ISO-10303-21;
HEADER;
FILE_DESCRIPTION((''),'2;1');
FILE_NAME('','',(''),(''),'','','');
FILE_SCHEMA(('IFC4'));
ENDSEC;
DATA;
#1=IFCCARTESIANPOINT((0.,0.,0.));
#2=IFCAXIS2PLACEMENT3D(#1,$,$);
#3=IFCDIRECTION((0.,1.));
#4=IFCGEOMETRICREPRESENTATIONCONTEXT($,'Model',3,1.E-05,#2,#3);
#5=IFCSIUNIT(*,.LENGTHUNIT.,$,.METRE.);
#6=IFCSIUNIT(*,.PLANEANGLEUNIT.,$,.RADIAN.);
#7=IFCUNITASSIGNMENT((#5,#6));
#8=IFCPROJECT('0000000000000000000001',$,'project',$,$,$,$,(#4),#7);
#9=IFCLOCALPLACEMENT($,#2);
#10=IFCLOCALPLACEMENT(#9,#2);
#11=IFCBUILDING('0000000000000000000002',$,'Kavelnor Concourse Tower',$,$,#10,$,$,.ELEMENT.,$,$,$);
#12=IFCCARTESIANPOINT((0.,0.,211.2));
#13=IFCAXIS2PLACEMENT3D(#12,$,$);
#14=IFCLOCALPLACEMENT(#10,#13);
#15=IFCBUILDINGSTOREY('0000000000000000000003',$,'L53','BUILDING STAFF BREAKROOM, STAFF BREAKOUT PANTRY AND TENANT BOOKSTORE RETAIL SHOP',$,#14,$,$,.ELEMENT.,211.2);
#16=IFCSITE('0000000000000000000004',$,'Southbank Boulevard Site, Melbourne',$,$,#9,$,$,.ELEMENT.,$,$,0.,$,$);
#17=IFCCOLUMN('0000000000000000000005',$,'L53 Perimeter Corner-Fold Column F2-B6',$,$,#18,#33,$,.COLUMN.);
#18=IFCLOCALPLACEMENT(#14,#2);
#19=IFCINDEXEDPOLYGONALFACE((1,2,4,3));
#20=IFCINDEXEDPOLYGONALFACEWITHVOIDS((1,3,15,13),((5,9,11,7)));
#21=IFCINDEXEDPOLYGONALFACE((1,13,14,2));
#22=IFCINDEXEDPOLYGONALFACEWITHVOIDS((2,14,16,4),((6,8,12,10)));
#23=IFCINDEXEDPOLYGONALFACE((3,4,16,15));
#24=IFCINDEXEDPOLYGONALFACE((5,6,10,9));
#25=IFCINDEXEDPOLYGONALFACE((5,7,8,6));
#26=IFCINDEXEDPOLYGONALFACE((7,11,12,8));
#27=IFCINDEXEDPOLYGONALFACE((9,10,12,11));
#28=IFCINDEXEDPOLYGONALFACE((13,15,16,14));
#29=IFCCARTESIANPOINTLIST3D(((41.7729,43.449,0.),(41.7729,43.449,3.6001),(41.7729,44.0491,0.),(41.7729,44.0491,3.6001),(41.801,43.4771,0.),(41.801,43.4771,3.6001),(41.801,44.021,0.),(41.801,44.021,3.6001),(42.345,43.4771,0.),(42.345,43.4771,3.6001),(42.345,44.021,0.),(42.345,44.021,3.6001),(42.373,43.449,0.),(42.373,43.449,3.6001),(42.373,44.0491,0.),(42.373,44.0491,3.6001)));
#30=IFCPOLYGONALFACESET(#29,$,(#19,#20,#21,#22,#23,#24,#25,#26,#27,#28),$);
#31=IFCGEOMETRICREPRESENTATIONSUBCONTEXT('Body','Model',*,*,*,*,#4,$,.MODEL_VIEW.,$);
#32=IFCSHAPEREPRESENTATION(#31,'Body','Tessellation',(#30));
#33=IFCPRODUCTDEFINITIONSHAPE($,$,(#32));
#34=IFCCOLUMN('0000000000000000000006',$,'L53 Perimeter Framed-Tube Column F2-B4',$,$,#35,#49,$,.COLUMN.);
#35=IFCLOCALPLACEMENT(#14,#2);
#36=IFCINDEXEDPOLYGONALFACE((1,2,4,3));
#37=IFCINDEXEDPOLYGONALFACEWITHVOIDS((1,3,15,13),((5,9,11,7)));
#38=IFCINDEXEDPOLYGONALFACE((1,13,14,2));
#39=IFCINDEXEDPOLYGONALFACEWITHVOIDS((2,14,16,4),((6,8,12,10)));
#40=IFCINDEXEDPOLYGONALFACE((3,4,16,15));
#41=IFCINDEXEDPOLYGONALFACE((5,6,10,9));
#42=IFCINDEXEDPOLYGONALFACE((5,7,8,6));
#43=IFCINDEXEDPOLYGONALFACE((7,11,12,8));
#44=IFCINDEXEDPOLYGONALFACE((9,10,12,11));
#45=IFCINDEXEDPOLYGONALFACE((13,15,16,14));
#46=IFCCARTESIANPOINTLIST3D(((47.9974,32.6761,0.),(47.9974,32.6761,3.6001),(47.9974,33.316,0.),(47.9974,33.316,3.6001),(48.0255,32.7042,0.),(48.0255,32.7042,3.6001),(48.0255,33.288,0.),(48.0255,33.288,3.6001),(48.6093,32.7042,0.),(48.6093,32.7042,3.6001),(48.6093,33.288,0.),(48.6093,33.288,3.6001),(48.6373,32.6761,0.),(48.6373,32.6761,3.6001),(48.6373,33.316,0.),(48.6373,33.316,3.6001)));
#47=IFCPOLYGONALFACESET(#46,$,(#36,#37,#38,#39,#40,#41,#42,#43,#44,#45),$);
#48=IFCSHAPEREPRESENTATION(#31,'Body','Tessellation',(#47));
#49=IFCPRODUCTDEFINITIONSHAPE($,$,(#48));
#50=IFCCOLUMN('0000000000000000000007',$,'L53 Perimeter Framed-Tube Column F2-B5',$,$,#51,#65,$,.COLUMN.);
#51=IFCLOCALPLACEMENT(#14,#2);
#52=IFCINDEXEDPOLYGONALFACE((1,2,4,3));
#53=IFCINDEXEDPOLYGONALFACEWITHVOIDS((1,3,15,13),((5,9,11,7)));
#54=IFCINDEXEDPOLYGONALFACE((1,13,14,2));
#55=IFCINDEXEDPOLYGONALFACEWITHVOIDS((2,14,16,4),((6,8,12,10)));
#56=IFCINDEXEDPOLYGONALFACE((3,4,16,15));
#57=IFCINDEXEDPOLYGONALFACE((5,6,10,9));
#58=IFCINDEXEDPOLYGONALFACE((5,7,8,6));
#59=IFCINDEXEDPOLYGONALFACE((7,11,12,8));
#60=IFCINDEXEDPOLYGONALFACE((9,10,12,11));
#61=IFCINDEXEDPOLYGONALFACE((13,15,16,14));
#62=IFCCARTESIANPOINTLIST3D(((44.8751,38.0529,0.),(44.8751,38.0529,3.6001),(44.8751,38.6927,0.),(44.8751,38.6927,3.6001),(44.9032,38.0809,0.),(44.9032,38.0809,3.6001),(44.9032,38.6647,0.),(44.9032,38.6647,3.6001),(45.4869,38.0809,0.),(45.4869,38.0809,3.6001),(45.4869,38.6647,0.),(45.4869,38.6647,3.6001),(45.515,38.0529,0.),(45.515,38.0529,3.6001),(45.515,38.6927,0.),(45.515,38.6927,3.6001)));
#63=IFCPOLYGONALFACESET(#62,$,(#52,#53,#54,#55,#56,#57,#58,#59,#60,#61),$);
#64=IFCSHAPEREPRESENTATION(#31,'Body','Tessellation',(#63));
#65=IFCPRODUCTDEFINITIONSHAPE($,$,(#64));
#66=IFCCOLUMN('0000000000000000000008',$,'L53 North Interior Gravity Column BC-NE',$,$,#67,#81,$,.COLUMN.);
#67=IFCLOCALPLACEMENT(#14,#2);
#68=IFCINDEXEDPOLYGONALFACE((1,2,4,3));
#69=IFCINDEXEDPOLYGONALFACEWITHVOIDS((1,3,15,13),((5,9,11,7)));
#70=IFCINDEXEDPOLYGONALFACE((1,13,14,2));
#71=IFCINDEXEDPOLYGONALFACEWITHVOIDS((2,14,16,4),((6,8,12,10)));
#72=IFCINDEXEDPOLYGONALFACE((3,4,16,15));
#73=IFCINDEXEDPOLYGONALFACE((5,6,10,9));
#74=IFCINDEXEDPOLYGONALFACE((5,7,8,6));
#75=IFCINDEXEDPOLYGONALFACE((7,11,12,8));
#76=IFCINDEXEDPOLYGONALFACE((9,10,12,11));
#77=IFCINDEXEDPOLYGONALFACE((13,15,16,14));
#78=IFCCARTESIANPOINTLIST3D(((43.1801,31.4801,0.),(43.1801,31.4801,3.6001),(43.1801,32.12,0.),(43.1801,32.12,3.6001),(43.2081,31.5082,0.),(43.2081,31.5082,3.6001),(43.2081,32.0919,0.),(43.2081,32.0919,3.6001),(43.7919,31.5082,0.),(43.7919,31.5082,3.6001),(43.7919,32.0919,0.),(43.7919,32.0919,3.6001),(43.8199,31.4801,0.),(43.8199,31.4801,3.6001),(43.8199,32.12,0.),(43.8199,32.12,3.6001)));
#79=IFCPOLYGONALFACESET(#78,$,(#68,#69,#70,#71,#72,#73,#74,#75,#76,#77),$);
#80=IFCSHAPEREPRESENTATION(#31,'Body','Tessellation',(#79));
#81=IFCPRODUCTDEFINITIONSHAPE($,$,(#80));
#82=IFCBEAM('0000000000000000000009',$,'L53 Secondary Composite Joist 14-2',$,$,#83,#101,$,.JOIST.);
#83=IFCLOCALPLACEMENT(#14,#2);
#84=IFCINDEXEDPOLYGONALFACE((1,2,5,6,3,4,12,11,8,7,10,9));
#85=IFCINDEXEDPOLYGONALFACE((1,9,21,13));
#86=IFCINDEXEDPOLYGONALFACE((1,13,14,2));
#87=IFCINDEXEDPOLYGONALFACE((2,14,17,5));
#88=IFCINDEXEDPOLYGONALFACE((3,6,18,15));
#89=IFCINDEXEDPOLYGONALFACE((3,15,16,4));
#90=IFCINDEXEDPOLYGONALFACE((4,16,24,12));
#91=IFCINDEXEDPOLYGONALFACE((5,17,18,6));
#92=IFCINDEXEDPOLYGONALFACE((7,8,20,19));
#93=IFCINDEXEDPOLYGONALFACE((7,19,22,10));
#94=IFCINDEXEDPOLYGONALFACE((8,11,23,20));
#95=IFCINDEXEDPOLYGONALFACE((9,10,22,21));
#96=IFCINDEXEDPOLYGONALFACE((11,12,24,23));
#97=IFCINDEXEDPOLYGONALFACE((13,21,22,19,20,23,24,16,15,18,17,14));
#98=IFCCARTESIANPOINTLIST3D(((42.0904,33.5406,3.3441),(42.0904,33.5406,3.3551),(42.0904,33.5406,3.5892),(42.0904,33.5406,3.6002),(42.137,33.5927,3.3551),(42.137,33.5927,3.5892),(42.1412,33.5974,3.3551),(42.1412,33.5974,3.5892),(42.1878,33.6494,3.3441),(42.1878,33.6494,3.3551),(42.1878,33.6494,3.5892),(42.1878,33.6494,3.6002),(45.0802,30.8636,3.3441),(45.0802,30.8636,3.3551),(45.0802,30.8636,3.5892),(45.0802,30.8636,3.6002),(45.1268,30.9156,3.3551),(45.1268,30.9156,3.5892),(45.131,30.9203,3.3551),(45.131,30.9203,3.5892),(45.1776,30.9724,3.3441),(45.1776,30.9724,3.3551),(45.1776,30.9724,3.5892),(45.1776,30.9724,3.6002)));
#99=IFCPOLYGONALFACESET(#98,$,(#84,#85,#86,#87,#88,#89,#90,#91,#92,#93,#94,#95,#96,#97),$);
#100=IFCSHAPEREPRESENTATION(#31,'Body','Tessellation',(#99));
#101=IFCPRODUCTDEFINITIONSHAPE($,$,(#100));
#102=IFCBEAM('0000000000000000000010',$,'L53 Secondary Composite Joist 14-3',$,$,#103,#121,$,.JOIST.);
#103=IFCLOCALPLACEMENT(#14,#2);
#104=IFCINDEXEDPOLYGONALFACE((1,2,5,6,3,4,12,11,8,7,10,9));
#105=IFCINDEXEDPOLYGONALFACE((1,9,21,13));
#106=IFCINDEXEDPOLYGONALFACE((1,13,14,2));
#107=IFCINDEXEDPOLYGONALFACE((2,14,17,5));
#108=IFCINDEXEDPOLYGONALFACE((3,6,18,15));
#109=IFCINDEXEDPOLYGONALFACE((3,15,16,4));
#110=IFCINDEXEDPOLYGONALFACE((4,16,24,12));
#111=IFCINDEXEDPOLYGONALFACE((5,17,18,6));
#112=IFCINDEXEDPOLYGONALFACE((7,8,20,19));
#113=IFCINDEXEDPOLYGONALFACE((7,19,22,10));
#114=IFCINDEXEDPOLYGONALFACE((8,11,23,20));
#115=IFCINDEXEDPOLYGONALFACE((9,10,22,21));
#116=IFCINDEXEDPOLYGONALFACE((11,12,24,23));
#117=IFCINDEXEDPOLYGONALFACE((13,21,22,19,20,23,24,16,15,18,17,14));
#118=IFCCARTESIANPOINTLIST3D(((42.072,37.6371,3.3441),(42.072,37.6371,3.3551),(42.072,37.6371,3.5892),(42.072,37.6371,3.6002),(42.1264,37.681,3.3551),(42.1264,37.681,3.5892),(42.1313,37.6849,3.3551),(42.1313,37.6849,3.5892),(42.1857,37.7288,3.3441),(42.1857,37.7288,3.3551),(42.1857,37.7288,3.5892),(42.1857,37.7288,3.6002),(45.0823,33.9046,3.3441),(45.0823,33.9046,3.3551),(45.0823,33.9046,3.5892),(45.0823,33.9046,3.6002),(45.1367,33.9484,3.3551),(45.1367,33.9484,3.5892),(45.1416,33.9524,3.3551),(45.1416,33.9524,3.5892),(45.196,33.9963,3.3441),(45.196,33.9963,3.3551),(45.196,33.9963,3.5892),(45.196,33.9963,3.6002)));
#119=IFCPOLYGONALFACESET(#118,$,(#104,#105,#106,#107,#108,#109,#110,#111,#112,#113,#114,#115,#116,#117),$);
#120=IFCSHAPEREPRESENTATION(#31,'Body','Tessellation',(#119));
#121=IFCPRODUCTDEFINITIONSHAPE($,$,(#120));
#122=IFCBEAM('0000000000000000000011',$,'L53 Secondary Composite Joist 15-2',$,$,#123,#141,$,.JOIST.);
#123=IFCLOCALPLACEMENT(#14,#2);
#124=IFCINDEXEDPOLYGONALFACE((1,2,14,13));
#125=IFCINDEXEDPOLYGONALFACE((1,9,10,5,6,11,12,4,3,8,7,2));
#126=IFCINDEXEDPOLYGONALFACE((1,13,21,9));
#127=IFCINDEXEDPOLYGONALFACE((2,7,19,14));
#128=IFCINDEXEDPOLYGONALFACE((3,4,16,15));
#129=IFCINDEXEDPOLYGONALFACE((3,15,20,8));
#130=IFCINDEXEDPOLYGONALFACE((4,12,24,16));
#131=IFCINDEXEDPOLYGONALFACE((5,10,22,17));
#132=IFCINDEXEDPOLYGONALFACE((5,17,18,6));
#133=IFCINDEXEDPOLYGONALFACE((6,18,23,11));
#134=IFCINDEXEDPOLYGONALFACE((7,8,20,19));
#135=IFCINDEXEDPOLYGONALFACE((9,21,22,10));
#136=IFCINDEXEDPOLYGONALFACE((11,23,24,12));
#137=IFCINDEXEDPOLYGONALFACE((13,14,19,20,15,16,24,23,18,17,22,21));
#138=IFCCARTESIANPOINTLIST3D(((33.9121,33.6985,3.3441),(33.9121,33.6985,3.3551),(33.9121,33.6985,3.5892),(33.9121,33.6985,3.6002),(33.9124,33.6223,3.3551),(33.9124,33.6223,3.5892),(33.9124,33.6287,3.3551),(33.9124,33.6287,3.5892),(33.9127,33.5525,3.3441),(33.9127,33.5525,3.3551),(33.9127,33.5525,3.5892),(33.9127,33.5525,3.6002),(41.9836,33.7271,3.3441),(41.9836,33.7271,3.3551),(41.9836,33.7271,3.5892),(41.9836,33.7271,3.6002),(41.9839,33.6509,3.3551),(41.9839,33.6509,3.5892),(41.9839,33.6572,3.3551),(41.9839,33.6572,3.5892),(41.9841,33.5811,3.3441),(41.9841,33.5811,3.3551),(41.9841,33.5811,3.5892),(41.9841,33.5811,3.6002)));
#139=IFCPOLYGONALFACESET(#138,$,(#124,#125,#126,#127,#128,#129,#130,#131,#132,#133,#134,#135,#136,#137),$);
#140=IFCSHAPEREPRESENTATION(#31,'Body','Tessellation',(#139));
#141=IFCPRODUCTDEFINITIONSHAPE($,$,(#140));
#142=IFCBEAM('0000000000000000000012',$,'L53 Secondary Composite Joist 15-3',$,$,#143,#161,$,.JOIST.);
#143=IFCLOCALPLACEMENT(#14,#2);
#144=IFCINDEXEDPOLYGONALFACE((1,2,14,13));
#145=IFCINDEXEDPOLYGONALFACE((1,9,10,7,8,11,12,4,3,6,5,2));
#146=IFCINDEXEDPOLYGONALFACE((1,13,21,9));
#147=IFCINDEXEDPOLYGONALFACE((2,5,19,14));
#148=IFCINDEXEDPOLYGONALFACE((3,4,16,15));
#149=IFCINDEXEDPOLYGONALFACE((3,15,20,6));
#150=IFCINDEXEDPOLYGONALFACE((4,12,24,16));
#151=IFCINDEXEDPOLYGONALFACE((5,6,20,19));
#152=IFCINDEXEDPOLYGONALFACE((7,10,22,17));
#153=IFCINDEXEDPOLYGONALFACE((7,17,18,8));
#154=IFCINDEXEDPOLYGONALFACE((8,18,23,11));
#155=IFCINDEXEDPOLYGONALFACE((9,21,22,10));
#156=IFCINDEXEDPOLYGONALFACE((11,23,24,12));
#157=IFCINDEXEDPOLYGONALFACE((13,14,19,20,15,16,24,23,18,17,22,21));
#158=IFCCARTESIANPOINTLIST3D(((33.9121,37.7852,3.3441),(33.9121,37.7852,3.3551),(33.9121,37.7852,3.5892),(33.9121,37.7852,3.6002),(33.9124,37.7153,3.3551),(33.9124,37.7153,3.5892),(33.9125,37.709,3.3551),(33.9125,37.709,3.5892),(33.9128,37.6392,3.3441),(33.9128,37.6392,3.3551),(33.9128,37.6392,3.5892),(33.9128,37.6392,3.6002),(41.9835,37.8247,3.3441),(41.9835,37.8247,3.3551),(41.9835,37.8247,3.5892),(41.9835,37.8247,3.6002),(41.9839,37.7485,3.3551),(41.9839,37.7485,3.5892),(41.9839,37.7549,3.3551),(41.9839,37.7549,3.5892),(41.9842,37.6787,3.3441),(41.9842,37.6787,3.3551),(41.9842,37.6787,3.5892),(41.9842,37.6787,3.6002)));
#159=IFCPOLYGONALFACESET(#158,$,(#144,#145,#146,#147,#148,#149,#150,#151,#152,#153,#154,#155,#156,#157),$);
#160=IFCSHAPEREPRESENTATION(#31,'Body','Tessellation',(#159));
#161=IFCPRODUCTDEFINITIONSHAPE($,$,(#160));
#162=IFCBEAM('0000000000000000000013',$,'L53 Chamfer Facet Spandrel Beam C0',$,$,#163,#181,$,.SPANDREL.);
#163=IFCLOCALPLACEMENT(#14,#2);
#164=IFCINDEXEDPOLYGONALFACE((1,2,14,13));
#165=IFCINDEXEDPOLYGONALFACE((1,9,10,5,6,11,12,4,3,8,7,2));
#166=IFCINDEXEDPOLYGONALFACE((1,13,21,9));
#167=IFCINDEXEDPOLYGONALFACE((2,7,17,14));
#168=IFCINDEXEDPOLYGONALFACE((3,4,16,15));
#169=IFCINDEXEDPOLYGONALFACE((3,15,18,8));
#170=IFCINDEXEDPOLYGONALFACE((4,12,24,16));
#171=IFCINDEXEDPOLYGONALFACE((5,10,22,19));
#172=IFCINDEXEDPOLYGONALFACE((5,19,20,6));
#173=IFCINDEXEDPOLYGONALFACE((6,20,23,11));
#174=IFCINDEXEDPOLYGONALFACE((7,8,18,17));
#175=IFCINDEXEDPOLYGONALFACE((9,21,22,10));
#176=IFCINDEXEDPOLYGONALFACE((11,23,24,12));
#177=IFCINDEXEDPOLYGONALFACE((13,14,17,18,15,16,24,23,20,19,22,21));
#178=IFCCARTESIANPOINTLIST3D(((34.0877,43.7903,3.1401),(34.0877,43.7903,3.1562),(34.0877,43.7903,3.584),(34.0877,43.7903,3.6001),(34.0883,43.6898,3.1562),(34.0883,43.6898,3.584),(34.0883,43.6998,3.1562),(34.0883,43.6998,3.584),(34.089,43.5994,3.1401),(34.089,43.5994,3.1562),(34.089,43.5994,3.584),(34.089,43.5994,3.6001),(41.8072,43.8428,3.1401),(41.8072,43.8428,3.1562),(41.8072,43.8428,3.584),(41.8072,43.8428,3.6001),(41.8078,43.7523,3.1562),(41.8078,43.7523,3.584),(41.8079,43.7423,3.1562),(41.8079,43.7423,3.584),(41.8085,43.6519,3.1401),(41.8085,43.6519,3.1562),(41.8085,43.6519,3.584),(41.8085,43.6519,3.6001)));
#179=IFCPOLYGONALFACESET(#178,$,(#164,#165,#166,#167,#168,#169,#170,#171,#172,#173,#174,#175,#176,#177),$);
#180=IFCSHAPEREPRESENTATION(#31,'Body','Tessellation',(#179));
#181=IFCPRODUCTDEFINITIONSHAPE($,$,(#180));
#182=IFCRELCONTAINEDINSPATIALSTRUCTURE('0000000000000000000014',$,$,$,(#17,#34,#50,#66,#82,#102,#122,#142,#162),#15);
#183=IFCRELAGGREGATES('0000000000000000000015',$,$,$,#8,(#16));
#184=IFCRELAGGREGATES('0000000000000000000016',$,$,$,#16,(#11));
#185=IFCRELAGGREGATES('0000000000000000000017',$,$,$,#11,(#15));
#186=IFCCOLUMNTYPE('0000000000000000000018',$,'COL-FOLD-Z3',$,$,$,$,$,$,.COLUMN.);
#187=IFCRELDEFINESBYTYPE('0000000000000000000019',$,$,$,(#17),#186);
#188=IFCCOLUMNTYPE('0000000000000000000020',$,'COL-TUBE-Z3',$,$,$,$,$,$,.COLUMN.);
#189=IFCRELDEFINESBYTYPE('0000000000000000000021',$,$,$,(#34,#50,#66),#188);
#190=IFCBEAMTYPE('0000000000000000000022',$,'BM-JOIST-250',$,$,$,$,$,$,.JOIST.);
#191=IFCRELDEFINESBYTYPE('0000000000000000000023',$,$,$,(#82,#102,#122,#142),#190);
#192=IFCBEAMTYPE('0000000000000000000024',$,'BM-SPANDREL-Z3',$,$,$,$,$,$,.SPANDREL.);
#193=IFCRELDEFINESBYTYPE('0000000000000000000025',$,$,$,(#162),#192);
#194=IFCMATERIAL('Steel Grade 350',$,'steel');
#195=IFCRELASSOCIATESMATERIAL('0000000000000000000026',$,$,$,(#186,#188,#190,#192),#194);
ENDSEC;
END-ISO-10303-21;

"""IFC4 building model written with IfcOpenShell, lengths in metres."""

from ifc_helpers import new_model, si_unit, direction, frame, origin, origin_2d, place, context, subcontext, project, spatial, hollow_rectangle, i_section, extrude, material, material_profile, profile_set, type_object, element, save


model = new_model("IFC4")

# Units and contexts
model_context = context("Model", 3, precision=1e-05, world=origin(), true_north=direction((0.0, 1.0)))
body_context = subcontext(model_context, "Body", "Model", "MODEL_VIEW")
ifc_project = project(units=[si_unit("LENGTHUNIT", "METRE"), si_unit("PLANEANGLEUNIT", "RADIAN")], contexts=[model_context])

# Site, building, storey
site_placement = place(None, origin())
site = spatial("IfcSite", under=ifc_project, at=site_placement, Name="Southbank Boulevard Site, Melbourne", CompositionType="ELEMENT", RefElevation=0.0)
building_placement = place(site_placement, origin())
building = spatial("IfcBuilding", under=site, at=building_placement, Name="Kavelnor Concourse Tower", CompositionType="ELEMENT")
storey_placement = place(building_placement, frame((0.0, 0.0, 211.2)))
storey = spatial("IfcBuildingStorey", under=building, at=storey_placement, Name="L53", Description="BUILDING STAFF BREAKROOM, STAFF BREAKOUT PANTRY AND TENANT BOOKSTORE RETAIL SHOP", CompositionType="ELEMENT", Elevation=211.2)

# Columns
ifc_material_1 = material(Name="Steel Grade 350", Category="steel")
ifc_material_profile_1 = material_profile(ifc_material_1, hollow_rectangle(XDim=0.6001, YDim=0.6001, WallThickness=0.0281, at=origin_2d()), Name="SHS 600x600x28")
ifc_profile_set_1 = profile_set([ifc_material_profile_1], Name="Steel Grade 350")
column_type_1 = type_object("IfcColumnType", Name="COL-FOLD-Z3", PredefinedType="COLUMN", material=ifc_profile_set_1)
column_placement = place(storey_placement, frame((42.073, 43.749, 0.0), z_axis=(0.0, 0.0, 1.0), x_axis=(1.0, 0.0, 0.0)))
element("IfcColumn", 1, at=column_placement, inside=storey, type_object=column_type_1, Name="L53 Perimeter Corner-Fold Column F2-B6", PredefinedType="COLUMN", context=body_context, shape_type="SweptSolid", body=[
    extrude(hollow_rectangle(XDim=0.6001, YDim=0.6001, WallThickness=0.0281, at=origin_2d()), origin(), (0.0, 0.0, 1.0), 3.6001),
])
ifc_material_profile_2 = material_profile(ifc_material_1, hollow_rectangle(XDim=0.6399, YDim=0.6399, WallThickness=0.0281, at=origin_2d()), Name="SHS 640x640x28")
ifc_profile_set_2 = profile_set([ifc_material_profile_2], Name="Steel Grade 350")
column_type_2 = type_object("IfcColumnType", Name="COL-TUBE-Z3", PredefinedType="COLUMN", material=ifc_profile_set_2)
for number, where, z_axis, x_axis, name in (
    (2, (48.3174, 32.9961, 0.0), (0.0, 0.0, 1.0), (1.0, 0.0, 0.0), "L53 Perimeter Framed-Tube Column F2-B4"),
    (3, (45.1951, 38.3728, 0.0), (0.0, 0.0, 1.0), (1.0, 0.0, 0.0), "L53 Perimeter Framed-Tube Column F2-B5"),
    (4, (43.5, 31.8, 0.0), (0.0, 0.0, 1.0), (1.0, 0.0, 0.0), "L53 North Interior Gravity Column BC-NE"),
):
    element("IfcColumn", number, at=place(storey_placement, frame(where, z_axis=z_axis, x_axis=x_axis)), inside=storey, type_object=column_type_2, Name=name, PredefinedType="COLUMN", context=body_context, shape_type="SweptSolid", body=[
        extrude(hollow_rectangle(XDim=0.6399, YDim=0.6399, WallThickness=0.0281, at=origin_2d()), origin(), (0.0, 0.0, 1.0), 3.6001),
    ])

# Beams
ifc_material_profile_3 = material_profile(ifc_material_1, i_section(OverallWidth=0.146, OverallDepth=0.2561, WebThickness=0.0063, FlangeThickness=0.011, at=origin_2d()), Name="250UB37")
ifc_profile_set_3 = profile_set([ifc_material_profile_3], Name="Steel Grade 350")
beam_type_1 = type_object("IfcBeamType", Name="BM-JOIST-250", PredefinedType="JOIST", material=ifc_profile_set_3)
beam_1_placement = place(storey_placement, frame((45.1289, 30.918, 3.4722), z_axis=(-0.744998, 0.667067, 0.0), x_axis=(-0.667067, -0.744998, 0.0)))
element("IfcBeam", 5, at=beam_1_placement, inside=storey, type_object=beam_type_1, Name="L53 Secondary Composite Joist 14-2", PredefinedType="JOIST", context=body_context, shape_type="SweptSolid", body=[
    extrude(i_section(OverallWidth=0.146, OverallDepth=0.2561, WebThickness=0.0063, FlangeThickness=0.011, at=origin_2d()), origin(), (0.0, 0.0, 1.0), 4.0132),
])
beam_2_placement = place(storey_placement, frame((45.1392, 33.9504, 3.4722), z_axis=(-0.627782, 0.778389, 0.0), x_axis=(-0.778389, -0.627782, 0.0)))
element("IfcBeam", 6, at=beam_2_placement, inside=storey, type_object=beam_type_1, Name="L53 Secondary Composite Joist 14-3", PredefinedType="JOIST", context=body_context, shape_type="SweptSolid", body=[
    extrude(i_section(OverallWidth=0.146, OverallDepth=0.2561, WebThickness=0.0063, FlangeThickness=0.011, at=origin_2d()), origin(), (0.0, 0.0, 1.0), 4.7952),
])
for number, where, z_axis, x_axis, name in (
    (7, (41.9839, 33.6541, 3.4722), (-0.999994, -0.003539, 0.0), (0.003539, -0.999994, 0.0), "L53 Secondary Composite Joist 15-2"),
    (8, (41.9839, 37.7517, 3.4722), (-0.999988, -0.0049, 0.0), (0.0049, -0.999988, 0.0), "L53 Secondary Composite Joist 15-3"),
):
    element("IfcBeam", number, at=place(storey_placement, frame(where, z_axis=z_axis, x_axis=x_axis)), inside=storey, type_object=beam_type_1, Name=name, PredefinedType="JOIST", context=body_context, shape_type="SweptSolid", body=[
        extrude(i_section(OverallWidth=0.146, OverallDepth=0.2561, WebThickness=0.0063, FlangeThickness=0.011, at=origin_2d()), origin(), (0.0, 0.0, 1.0), 8.0715),
    ])
ifc_material_profile_4 = material_profile(ifc_material_1, i_section(OverallWidth=0.1909, OverallDepth=0.46, WebThickness=0.01, FlangeThickness=0.0161, at=origin_2d()), Name="460UB82")
ifc_profile_set_4 = profile_set([ifc_material_profile_4], Name="Steel Grade 350")
beam_type_2 = type_object("IfcBeamType", Name="BM-SPANDREL-Z3", PredefinedType="SPANDREL", material=ifc_profile_set_4)
beam_3_placement = place(storey_placement, frame((41.8079, 43.7473, 3.3701), z_axis=(-0.999977, -0.0068, 0.0), x_axis=(0.0068, -0.999977, 0.0)))
element("IfcBeam", 9, at=beam_3_placement, inside=storey, type_object=beam_type_2, Name="L53 Chamfer Facet Spandrel Beam C0", PredefinedType="SPANDREL", context=body_context, shape_type="SweptSolid", body=[
    extrude(i_section(OverallWidth=0.1909, OverallDepth=0.46, WebThickness=0.01, FlangeThickness=0.0161, at=origin_2d()), origin(), (0.0, 0.0, 1.0), 7.7197),
])

save(model, "model.ifc")
